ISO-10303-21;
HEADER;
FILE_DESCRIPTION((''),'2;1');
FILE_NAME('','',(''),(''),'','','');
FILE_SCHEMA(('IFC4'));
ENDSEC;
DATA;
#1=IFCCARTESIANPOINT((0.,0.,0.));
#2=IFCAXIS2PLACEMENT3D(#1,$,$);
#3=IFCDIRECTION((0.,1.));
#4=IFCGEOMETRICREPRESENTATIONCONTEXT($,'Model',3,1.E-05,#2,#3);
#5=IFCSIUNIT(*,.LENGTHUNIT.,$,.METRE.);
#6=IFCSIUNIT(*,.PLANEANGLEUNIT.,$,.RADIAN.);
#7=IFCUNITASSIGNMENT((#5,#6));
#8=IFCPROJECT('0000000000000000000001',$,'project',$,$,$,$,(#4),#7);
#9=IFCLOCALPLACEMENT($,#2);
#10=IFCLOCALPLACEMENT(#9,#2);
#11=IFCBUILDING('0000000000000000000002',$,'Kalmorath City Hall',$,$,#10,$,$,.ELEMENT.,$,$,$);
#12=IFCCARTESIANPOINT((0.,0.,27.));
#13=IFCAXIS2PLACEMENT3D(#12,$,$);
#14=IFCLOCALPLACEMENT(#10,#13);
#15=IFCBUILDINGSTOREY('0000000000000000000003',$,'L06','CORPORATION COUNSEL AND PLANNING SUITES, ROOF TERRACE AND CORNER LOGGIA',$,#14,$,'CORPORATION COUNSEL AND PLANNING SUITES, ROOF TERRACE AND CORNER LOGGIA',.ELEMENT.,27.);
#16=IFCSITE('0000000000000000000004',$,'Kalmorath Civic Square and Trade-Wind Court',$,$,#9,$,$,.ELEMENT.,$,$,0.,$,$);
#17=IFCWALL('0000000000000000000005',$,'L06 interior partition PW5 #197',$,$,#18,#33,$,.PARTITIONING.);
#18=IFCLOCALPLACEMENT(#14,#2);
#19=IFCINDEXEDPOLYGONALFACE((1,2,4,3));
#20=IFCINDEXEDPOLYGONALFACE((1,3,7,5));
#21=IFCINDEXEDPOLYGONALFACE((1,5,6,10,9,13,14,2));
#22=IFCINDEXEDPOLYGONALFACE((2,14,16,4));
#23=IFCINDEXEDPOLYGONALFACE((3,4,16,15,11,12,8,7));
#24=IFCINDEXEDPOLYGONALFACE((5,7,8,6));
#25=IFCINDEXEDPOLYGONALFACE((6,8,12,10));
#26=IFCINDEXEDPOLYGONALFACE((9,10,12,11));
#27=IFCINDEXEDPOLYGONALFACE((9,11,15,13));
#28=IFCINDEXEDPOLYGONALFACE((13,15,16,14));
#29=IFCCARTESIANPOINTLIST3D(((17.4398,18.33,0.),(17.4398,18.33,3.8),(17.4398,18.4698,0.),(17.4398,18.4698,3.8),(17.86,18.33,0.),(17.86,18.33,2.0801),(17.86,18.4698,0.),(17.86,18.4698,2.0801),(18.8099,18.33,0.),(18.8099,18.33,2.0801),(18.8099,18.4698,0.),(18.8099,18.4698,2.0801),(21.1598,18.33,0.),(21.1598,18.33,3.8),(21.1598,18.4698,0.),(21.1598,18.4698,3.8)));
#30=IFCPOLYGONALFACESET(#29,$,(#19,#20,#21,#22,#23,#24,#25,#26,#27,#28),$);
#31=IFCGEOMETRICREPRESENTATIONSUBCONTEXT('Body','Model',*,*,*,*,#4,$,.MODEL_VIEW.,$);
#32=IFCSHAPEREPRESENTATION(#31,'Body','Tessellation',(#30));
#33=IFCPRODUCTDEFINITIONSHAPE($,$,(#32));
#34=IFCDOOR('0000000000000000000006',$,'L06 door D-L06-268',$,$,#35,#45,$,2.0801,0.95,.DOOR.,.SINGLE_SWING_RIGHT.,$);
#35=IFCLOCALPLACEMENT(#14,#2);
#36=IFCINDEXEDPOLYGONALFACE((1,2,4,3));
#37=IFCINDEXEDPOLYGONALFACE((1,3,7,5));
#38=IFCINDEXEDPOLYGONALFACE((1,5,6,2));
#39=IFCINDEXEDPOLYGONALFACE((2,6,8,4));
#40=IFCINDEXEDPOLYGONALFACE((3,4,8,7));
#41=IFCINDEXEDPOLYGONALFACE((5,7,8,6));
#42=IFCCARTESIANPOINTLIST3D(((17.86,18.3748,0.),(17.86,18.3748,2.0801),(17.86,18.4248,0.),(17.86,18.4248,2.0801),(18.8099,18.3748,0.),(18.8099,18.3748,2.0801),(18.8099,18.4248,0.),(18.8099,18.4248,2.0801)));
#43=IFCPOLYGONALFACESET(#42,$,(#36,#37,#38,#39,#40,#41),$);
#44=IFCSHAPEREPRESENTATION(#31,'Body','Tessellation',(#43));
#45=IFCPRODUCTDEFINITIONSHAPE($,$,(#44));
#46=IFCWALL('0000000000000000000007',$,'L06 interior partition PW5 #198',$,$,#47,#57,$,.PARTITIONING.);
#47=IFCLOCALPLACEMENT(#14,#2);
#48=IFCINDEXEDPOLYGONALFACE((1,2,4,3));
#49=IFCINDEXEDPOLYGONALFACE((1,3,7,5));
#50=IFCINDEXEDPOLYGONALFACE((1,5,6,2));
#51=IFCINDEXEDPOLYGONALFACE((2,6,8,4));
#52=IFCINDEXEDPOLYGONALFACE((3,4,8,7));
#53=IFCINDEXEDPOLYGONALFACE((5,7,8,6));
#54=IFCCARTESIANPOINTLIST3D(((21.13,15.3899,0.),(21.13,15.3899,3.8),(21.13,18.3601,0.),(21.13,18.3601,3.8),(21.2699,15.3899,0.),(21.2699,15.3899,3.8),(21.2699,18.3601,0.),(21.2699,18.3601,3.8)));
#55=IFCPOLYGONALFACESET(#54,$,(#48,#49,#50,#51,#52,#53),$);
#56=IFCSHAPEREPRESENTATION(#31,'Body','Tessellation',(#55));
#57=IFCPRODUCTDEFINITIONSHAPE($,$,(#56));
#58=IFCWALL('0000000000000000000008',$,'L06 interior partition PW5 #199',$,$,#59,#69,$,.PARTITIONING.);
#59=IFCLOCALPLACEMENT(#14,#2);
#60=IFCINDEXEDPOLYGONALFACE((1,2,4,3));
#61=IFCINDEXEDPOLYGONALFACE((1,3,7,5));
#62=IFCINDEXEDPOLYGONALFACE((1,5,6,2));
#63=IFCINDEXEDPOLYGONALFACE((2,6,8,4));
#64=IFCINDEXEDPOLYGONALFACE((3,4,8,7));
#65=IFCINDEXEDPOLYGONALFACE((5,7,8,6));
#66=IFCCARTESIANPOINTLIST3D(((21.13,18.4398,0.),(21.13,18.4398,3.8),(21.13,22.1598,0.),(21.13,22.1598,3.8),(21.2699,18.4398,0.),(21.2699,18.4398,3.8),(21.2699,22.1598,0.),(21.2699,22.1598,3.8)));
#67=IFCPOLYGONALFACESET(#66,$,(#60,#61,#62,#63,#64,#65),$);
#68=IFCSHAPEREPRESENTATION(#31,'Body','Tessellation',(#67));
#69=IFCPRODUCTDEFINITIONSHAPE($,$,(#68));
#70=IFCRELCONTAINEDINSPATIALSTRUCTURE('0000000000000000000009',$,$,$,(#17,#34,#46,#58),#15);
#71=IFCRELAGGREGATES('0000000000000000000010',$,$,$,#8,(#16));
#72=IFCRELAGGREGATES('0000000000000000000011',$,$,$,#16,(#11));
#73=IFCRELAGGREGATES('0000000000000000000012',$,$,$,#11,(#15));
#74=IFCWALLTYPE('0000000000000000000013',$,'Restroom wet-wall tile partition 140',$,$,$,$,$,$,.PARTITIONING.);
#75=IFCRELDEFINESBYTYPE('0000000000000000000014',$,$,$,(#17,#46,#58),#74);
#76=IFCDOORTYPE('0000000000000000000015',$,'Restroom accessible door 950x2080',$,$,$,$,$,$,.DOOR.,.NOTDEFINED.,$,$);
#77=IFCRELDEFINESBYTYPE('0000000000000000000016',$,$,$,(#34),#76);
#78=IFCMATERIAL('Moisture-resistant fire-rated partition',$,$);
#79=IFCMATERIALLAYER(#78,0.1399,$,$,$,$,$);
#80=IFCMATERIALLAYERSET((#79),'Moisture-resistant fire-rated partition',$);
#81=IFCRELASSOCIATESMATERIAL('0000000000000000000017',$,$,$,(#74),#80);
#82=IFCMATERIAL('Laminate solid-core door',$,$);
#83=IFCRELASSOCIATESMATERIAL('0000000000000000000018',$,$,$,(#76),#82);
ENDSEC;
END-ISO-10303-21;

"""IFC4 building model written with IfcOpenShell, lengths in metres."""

from ifc_helpers import new_model, si_unit, direction, frame, frame_2d, origin, place, context, subcontext, project, spatial, rectangle, extrude, material, layer, layer_set, type_object, element, fill, save


model = new_model("IFC4")

# Units and contexts
model_context = context("Model", 3, precision=1e-05, world=origin(), true_north=direction((0.0, 1.0)))
body_context = subcontext(model_context, "Body", "Model", "MODEL_VIEW")
ifc_project = project(units=[si_unit("LENGTHUNIT", "METRE"), si_unit("PLANEANGLEUNIT", "RADIAN")], contexts=[model_context])

# Site, building, storey
site_placement = place(None, origin())
site = spatial("IfcSite", under=ifc_project, at=site_placement, Name="Kalmorath Civic Square and Trade-Wind Court", CompositionType="ELEMENT", RefElevation=0.0)
building_placement = place(site_placement, origin())
building = spatial("IfcBuilding", under=site, at=building_placement, Name="Kalmorath City Hall", CompositionType="ELEMENT")
storey_placement = place(building_placement, frame((0.0, 0.0, 27.0)))
storey = spatial("IfcBuildingStorey", under=building, at=storey_placement, Name="L06", Description="CORPORATION COUNSEL AND PLANNING SUITES, ROOF TERRACE AND CORNER LOGGIA", LongName="CORPORATION COUNSEL AND PLANNING SUITES, ROOF TERRACE AND CORNER LOGGIA", CompositionType="ELEMENT", Elevation=27.0)

# Wall, opening, door
ifc_material_1 = material(Name="Moisture-resistant fire-rated partition")
ifc_layer_1 = layer(ifc_material_1, 0.1399)
ifc_layer_set_1 = layer_set([ifc_layer_1], Name="Moisture-resistant fire-rated partition")
wall_type_1 = type_object("IfcWallType", Name="Restroom wet-wall tile partition 140", PredefinedType="PARTITIONING", material=ifc_layer_set_1)
wall_1_placement = place(storey_placement, frame((17.4399, 18.3999, 0.0), z_axis=(0.0, 0.0, 1.0), x_axis=(1.0, 0.0, 0.0)))
wall_1 = element("IfcWall", 1, at=wall_1_placement, inside=storey, type_object=wall_type_1, Name="L06 interior partition PW5 #197", PredefinedType="PARTITIONING", context=body_context, shape_type="SweptSolid", body=[
    extrude(rectangle(XDim=3.72, YDim=0.1399, at=frame_2d((1.8599, 0.0))), origin(), (0.0, 0.0, 1.0), 3.8),
])
opening_1_placement = place(wall_1_placement, frame((0.4199, 0.0, 0.0)))
opening_1 = element("IfcOpeningElement", 2, at=opening_1_placement, cuts=wall_1, PredefinedType="OPENING", context=body_context, shape_type="SweptSolid", body=[
    extrude(rectangle(XDim=0.95, YDim=2.0801, at=frame_2d((0.4751, 1.04))), frame((0.0, 0.0798, 0.0), z_axis=(0.0, -1.0, 0.0), x_axis=(1.0, 0.0, 0.0)), (0.0, 0.0, 1.0), 0.1599),
])
ifc_material_2 = material(Name="Laminate solid-core door")
door_type_1 = type_object("IfcDoorType", Name="Restroom accessible door 950x2080", OperationType="NOTDEFINED", PredefinedType="DOOR", material=ifc_material_2)
door_1_placement = place(opening_1_placement, origin())
door_1 = element("IfcDoor", 3, at=door_1_placement, inside=storey, type_object=door_type_1, Name="L06 door D-L06-268", OperationType="SINGLE_SWING_RIGHT", OverallHeight=2.0801, OverallWidth=0.95, PredefinedType="DOOR", context=body_context, shape_type="SweptSolid", body=[
    extrude(rectangle(XDim=0.95, YDim=2.0801, at=frame_2d((0.4751, 1.04))), frame((0.0, 0.0249, 0.0), z_axis=(0.0, -1.0, 0.0), x_axis=(1.0, 0.0, 0.0)), (0.0, 0.0, 1.0), 0.05),
])
fill(opening_1, door_1)

# Walls
wall_2_placement = place(storey_placement, frame((21.2, 15.3899, 0.0), z_axis=(0.0, 0.0, 1.0), x_axis=(0.0, 1.0, 0.0)))
element("IfcWall", 4, at=wall_2_placement, inside=storey, type_object=wall_type_1, Name="L06 interior partition PW5 #198", PredefinedType="PARTITIONING", context=body_context, shape_type="SweptSolid", body=[
    extrude(rectangle(XDim=2.9702, YDim=0.1399, at=frame_2d((1.4851, 0.0))), origin(), (0.0, 0.0, 1.0), 3.8),
])
wall_3_placement = place(storey_placement, frame((21.2, 18.4399, 0.0), z_axis=(0.0, 0.0, 1.0), x_axis=(0.0, 1.0, 0.0)))
element("IfcWall", 5, at=wall_3_placement, inside=storey, type_object=wall_type_1, Name="L06 interior partition PW5 #199", PredefinedType="PARTITIONING", context=body_context, shape_type="SweptSolid", body=[
    extrude(rectangle(XDim=3.72, YDim=0.1399, at=frame_2d((1.8599, 0.0))), origin(), (0.0, 0.0, 1.0), 3.8),
])

save(model, "model.ifc")
